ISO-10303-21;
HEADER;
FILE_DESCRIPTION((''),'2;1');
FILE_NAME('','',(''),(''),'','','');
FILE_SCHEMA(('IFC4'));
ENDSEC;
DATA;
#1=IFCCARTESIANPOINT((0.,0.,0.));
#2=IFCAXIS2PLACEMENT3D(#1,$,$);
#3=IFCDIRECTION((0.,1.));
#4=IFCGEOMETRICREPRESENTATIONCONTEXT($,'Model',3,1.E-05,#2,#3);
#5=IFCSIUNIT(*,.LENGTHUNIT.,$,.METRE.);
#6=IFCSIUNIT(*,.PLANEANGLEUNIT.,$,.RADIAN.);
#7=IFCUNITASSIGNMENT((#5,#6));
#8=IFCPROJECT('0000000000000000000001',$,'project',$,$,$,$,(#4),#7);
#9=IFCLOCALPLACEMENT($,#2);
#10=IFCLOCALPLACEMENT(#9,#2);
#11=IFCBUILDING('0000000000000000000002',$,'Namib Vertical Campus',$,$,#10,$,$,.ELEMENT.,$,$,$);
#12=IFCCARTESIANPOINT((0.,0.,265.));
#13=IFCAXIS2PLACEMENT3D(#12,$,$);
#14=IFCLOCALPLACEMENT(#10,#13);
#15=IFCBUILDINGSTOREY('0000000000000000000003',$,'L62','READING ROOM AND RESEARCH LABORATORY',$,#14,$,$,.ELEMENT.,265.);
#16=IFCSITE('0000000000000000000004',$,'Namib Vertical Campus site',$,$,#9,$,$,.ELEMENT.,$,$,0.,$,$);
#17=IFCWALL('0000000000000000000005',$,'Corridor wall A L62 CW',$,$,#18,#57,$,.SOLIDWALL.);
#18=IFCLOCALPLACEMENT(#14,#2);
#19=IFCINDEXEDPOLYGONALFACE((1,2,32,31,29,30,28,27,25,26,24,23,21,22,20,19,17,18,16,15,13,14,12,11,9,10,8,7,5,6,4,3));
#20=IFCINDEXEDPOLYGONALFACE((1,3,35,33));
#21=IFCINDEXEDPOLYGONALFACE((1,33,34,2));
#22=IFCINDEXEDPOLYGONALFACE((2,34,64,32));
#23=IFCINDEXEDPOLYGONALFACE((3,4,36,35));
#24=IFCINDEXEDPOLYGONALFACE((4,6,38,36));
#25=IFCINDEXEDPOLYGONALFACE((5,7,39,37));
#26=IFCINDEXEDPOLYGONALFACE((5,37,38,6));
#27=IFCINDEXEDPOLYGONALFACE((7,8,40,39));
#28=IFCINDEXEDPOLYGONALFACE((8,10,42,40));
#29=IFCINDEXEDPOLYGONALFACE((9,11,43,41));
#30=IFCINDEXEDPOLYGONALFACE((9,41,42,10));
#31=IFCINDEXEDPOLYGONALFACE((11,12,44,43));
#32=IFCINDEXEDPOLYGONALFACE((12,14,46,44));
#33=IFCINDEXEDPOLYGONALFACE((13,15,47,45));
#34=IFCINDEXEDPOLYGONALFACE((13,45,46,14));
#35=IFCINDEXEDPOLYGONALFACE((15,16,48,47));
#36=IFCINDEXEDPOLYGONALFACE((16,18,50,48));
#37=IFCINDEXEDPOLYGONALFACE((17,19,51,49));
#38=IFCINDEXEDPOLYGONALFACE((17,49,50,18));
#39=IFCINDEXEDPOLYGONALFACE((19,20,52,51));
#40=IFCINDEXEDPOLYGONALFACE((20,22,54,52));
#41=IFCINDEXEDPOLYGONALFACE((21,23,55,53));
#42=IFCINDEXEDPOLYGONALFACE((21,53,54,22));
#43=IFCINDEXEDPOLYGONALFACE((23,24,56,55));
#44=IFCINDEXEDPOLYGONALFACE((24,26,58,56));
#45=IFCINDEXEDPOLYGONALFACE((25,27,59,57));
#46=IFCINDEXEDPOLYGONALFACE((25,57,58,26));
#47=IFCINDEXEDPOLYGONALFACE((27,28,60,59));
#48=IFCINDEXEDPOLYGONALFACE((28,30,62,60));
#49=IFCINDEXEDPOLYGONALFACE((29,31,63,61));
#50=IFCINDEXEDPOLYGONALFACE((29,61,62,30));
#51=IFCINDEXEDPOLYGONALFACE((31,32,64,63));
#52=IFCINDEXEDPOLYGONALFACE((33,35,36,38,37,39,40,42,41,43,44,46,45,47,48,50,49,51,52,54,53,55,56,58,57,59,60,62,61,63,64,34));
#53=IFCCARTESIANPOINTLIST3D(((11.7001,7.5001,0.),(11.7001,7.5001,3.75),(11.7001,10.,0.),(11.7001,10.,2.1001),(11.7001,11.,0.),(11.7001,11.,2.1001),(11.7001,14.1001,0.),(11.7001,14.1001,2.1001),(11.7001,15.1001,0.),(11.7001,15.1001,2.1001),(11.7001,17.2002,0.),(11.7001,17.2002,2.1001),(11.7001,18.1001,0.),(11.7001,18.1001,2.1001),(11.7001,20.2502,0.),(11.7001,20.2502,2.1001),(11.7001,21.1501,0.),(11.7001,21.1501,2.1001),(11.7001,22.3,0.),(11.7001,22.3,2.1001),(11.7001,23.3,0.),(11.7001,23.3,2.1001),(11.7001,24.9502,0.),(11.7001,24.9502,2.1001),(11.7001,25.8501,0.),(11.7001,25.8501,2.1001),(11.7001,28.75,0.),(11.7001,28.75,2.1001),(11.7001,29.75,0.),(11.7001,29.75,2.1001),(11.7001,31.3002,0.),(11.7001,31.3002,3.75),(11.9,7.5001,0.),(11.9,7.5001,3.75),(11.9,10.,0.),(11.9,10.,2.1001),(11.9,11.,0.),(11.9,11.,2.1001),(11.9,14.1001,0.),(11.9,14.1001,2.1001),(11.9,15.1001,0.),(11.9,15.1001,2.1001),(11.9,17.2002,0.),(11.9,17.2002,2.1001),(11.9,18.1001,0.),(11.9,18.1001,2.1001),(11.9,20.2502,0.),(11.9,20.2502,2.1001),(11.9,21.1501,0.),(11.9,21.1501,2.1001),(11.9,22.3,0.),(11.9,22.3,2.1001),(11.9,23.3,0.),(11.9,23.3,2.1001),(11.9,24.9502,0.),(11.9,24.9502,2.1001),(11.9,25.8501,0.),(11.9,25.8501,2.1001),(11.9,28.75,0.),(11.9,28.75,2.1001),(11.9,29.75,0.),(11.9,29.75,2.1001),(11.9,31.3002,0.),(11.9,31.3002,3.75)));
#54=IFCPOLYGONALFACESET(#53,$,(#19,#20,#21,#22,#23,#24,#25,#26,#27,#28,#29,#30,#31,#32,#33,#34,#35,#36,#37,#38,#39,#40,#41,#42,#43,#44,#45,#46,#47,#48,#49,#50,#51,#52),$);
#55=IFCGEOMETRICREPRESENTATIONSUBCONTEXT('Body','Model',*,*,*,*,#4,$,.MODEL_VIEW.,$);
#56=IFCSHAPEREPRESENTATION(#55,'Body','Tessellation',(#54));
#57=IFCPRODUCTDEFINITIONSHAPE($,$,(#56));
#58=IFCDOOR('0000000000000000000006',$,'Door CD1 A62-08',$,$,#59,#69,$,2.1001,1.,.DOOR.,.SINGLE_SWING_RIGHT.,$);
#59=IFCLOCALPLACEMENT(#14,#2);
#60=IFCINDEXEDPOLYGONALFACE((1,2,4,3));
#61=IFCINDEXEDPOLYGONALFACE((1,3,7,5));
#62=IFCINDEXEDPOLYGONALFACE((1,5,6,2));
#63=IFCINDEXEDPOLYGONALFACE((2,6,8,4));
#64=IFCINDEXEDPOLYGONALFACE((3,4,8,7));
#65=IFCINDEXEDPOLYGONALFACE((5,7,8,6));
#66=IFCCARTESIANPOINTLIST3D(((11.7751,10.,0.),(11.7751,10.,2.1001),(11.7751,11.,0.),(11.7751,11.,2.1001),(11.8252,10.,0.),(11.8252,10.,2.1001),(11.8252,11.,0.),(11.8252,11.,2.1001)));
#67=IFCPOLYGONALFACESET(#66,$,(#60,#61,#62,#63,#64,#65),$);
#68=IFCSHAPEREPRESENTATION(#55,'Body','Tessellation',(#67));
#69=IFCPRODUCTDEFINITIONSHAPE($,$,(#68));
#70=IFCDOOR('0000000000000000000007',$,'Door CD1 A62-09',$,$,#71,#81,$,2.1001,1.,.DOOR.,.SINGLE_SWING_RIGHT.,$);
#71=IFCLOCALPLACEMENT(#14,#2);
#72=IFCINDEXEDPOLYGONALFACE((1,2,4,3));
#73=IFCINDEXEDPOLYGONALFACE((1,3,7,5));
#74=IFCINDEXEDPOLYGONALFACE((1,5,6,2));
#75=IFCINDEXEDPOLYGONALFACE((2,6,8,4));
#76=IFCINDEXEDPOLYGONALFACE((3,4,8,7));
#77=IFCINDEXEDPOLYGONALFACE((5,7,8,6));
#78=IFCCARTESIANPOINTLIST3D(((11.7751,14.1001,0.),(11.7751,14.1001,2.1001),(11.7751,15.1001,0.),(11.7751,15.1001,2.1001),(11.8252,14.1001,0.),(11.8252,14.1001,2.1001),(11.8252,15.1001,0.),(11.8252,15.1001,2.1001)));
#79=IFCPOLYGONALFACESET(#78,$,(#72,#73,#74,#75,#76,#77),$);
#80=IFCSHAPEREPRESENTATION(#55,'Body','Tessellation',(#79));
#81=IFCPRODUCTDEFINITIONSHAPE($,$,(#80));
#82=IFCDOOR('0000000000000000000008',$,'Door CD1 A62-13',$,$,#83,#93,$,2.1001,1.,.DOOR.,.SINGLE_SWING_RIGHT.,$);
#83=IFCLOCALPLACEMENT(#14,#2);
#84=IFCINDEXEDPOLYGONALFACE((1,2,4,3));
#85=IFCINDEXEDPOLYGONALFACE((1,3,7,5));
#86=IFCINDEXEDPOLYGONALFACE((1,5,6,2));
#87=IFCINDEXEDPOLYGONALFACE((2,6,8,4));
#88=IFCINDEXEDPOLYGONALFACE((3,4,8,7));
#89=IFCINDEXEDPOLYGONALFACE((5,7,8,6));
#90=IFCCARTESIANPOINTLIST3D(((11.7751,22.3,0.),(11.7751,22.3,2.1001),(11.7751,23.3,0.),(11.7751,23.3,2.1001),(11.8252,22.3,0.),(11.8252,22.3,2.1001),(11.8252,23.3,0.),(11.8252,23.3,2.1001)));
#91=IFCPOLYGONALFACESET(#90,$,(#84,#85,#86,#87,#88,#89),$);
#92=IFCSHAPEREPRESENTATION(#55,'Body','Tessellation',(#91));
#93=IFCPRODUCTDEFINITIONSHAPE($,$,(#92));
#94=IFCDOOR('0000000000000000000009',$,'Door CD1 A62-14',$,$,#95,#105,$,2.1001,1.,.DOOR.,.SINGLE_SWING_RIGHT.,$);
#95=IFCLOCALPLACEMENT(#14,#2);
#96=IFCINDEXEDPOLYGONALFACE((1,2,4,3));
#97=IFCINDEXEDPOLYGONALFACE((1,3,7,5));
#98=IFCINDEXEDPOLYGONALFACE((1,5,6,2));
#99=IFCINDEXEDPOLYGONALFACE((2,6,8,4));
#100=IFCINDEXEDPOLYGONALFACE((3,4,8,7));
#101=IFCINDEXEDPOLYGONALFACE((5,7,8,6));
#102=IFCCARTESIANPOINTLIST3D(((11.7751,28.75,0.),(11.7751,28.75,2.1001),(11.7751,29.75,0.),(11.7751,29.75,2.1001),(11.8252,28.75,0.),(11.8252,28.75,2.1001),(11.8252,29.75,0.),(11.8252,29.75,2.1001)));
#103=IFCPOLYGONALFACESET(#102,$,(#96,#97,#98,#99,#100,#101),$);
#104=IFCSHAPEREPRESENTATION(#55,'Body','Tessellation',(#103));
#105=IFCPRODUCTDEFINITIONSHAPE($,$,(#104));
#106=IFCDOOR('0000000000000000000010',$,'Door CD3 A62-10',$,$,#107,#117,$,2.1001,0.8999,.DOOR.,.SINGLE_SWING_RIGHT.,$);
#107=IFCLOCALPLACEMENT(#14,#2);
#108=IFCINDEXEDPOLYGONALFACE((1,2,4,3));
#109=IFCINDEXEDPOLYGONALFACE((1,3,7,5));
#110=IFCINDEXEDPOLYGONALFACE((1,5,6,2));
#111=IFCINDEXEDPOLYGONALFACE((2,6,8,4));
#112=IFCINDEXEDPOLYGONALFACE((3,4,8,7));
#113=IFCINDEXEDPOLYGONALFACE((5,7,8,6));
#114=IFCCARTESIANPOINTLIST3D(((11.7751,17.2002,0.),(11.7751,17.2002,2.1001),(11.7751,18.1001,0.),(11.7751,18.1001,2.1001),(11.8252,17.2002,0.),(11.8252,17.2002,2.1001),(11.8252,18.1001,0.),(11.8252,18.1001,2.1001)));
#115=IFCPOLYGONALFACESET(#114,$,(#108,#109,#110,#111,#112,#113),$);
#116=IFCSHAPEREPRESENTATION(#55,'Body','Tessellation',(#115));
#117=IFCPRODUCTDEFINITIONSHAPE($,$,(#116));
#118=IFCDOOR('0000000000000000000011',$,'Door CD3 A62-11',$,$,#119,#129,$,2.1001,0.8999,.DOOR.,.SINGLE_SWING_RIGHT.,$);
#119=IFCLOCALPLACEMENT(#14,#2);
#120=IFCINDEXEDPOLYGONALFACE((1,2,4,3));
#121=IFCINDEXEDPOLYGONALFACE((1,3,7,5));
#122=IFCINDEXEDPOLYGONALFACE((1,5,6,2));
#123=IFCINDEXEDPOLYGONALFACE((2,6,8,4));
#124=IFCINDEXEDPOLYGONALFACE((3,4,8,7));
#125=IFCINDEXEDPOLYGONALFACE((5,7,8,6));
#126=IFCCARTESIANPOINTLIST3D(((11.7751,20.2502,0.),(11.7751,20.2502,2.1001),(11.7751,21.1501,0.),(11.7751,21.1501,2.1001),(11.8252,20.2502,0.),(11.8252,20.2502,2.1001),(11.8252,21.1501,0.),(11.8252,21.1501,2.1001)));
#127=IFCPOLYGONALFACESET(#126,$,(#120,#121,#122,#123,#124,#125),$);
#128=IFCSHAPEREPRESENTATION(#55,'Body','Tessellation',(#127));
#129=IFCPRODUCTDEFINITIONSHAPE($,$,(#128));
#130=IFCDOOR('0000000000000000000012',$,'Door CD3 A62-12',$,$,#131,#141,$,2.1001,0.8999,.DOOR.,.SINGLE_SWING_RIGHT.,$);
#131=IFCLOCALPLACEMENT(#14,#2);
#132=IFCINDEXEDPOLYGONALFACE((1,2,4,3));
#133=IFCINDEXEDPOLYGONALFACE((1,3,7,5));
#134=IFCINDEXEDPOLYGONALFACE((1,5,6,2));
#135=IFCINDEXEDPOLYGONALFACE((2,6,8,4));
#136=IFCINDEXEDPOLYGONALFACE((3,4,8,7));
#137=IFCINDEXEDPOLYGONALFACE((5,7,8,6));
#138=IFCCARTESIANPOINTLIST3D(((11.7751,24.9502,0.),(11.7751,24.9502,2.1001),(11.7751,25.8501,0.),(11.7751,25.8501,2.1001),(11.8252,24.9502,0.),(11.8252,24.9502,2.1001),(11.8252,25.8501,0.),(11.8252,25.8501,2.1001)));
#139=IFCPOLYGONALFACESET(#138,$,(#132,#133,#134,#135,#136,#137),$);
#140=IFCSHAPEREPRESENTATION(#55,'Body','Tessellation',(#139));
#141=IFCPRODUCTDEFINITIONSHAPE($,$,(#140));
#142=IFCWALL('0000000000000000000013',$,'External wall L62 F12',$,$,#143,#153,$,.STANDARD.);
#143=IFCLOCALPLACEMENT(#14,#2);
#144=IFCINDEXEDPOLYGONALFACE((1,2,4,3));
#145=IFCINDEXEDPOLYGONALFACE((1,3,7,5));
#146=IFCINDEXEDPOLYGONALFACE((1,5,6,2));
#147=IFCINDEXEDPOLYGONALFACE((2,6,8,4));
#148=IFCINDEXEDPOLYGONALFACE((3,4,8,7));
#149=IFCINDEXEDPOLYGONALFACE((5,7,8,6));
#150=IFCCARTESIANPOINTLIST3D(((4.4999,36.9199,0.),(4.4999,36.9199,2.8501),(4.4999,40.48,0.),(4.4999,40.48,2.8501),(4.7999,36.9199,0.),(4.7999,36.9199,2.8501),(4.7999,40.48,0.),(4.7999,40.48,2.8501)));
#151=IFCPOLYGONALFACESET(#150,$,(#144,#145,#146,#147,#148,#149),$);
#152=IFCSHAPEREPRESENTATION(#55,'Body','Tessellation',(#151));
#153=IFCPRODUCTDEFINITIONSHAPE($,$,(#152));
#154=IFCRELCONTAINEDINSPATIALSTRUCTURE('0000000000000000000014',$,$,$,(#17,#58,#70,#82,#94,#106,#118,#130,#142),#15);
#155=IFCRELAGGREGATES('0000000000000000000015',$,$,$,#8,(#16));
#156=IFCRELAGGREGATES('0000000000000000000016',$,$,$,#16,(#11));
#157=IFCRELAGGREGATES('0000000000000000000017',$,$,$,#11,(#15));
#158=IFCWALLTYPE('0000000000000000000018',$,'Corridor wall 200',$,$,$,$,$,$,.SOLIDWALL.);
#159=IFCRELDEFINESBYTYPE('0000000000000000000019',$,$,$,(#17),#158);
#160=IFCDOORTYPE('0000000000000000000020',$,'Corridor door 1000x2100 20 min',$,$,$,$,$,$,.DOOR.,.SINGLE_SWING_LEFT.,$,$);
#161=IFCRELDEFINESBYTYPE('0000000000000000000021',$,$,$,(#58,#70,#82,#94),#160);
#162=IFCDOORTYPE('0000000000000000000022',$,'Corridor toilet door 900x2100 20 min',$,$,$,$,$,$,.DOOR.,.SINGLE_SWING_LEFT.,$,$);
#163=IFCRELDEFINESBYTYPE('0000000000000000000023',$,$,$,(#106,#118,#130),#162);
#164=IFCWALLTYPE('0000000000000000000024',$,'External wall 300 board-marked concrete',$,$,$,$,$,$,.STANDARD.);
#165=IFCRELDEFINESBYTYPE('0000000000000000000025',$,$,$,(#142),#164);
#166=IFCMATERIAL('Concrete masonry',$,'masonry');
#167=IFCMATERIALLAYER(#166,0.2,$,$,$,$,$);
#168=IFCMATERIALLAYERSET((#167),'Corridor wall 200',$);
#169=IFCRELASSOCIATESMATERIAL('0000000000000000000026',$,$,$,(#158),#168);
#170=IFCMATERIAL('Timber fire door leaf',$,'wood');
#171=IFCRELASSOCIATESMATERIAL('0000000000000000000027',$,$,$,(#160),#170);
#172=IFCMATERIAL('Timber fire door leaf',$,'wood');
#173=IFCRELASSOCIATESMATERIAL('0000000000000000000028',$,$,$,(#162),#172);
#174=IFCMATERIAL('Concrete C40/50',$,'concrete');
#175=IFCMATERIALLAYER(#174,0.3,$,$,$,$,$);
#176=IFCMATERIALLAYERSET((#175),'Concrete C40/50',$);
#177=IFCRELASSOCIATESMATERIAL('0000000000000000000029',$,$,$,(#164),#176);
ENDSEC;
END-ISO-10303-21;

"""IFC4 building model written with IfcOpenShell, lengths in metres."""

from ifc_helpers import new_model, si_unit, direction, frame, frame_2d, origin, place, context, subcontext, project, spatial, rectangle, extrude, material, layer, layer_set, type_object, element, fill, save


model = new_model("IFC4")

# Units and contexts
model_context = context("Model", 3, precision=1e-05, world=origin(), true_north=direction((0.0, 1.0)))
body_context = subcontext(model_context, "Body", "Model", "MODEL_VIEW")
ifc_project = project(units=[si_unit("LENGTHUNIT", "METRE"), si_unit("PLANEANGLEUNIT", "RADIAN")], contexts=[model_context])

# Site, building, storey
site_placement = place(None, origin())
site = spatial("IfcSite", under=ifc_project, at=site_placement, Name="Namib Vertical Campus site", CompositionType="ELEMENT", RefElevation=0.0)
building_placement = place(site_placement, origin())
building = spatial("IfcBuilding", under=site, at=building_placement, Name="Namib Vertical Campus", CompositionType="ELEMENT")
storey_placement = place(building_placement, frame((0.0, 0.0, 265.0)))
storey = spatial("IfcBuildingStorey", under=building, at=storey_placement, Name="L62", Description="READING ROOM AND RESEARCH LABORATORY", CompositionType="ELEMENT", Elevation=265.0)

# Wall, openings, doors
ifc_material_1 = material(Name="Concrete masonry", Category="masonry")
ifc_layer_1 = layer(ifc_material_1, 0.2)
ifc_layer_set_1 = layer_set([ifc_layer_1], Name="Corridor wall 200")
wall_type_1 = type_object("IfcWallType", Name="Corridor wall 200", PredefinedType="SOLIDWALL", material=ifc_layer_set_1)
wall_1_placement = place(storey_placement, frame((11.8, 31.3, 0.0), z_axis=(0.0, 0.0, 1.0), x_axis=(0.0, -1.0, 0.0)))
wall_1 = element("IfcWall", 1, at=wall_1_placement, inside=storey, type_object=wall_type_1, Name="Corridor wall A L62 CW", PredefinedType="SOLIDWALL", context=body_context, shape_type="SweptSolid", body=[
    extrude(rectangle(XDim=23.8, YDim=0.2, at=frame_2d((11.8999, 0.0))), origin(), (0.0, 0.0, 1.0), 3.75),
])
opening_1_placement = place(wall_1_placement, frame((20.3, 0.0, 0.0)))
opening_1 = element("IfcOpeningElement", 2, at=opening_1_placement, cuts=wall_1, PredefinedType="OPENING", context=body_context, shape_type="SweptSolid", body=[
    extrude(rectangle(XDim=1.0, YDim=2.1001, at=frame_2d((0.5, 1.05))), frame((0.0, 0.1099, 0.0), z_axis=(0.0, -1.0, 0.0), x_axis=(1.0, 0.0, 0.0)), (0.0, 0.0, 1.0), 0.22),
])
opening_2_placement = place(wall_1_placement, frame((16.2, 0.0, 0.0)))
opening_2 = element("IfcOpeningElement", 3, at=opening_2_placement, cuts=wall_1, PredefinedType="OPENING", context=body_context, shape_type="SweptSolid", body=[
    extrude(rectangle(XDim=1.0, YDim=2.1001, at=frame_2d((0.5, 1.05))), frame((0.0, 0.1099, 0.0), z_axis=(0.0, -1.0, 0.0), x_axis=(1.0, 0.0, 0.0)), (0.0, 0.0, 1.0), 0.22),
])
opening_3_placement = place(wall_1_placement, frame((13.2, 0.0, 0.0)))
opening_3 = element("IfcOpeningElement", 4, at=opening_3_placement, cuts=wall_1, PredefinedType="OPENING", context=body_context, shape_type="SweptSolid", body=[
    extrude(rectangle(XDim=0.8999, YDim=2.1001, at=frame_2d((0.45, 1.05))), frame((0.0, 0.1099, 0.0), z_axis=(0.0, -1.0, 0.0), x_axis=(1.0, 0.0, 0.0)), (0.0, 0.0, 1.0), 0.22),
])
opening_4_placement = place(wall_1_placement, frame((10.1499, 0.0, 0.0)))
opening_4 = element("IfcOpeningElement", 5, at=opening_4_placement, cuts=wall_1, PredefinedType="OPENING", context=body_context, shape_type="SweptSolid", body=[
    extrude(rectangle(XDim=0.8999, YDim=2.1001, at=frame_2d((0.45, 1.05))), frame((0.0, 0.1099, 0.0), z_axis=(0.0, -1.0, 0.0), x_axis=(1.0, 0.0, 0.0)), (0.0, 0.0, 1.0), 0.22),
])
opening_5_placement = place(wall_1_placement, frame((5.45, 0.0, 0.0)))
opening_5 = element("IfcOpeningElement", 6, at=opening_5_placement, cuts=wall_1, PredefinedType="OPENING", context=body_context, shape_type="SweptSolid", body=[
    extrude(rectangle(XDim=0.8999, YDim=2.1001, at=frame_2d((0.45, 1.05))), frame((0.0, 0.1099, 0.0), z_axis=(0.0, -1.0, 0.0), x_axis=(1.0, 0.0, 0.0)), (0.0, 0.0, 1.0), 0.22),
])
opening_6_placement = place(wall_1_placement, frame((8.0, 0.0, 0.0)))
opening_6 = element("IfcOpeningElement", 7, at=opening_6_placement, cuts=wall_1, PredefinedType="OPENING", context=body_context, shape_type="SweptSolid", body=[
    extrude(rectangle(XDim=1.0, YDim=2.1001, at=frame_2d((0.5, 1.05))), frame((0.0, 0.1099, 0.0), z_axis=(0.0, -1.0, 0.0), x_axis=(1.0, 0.0, 0.0)), (0.0, 0.0, 1.0), 0.22),
])
opening_7_placement = place(wall_1_placement, frame((1.55, 0.0, 0.0)))
opening_7 = element("IfcOpeningElement", 8, at=opening_7_placement, cuts=wall_1, PredefinedType="OPENING", context=body_context, shape_type="SweptSolid", body=[
    extrude(rectangle(XDim=1.0, YDim=2.1001, at=frame_2d((0.5, 1.05))), frame((0.0, 0.1099, 0.0), z_axis=(0.0, -1.0, 0.0), x_axis=(1.0, 0.0, 0.0)), (0.0, 0.0, 1.0), 0.22),
])
ifc_material_2 = material(Name="Timber fire door leaf", Category="wood")
door_type_1 = type_object("IfcDoorType", Name="Corridor door 1000x2100 20 min", OperationType="SINGLE_SWING_LEFT", PredefinedType="DOOR", material=ifc_material_2)
door_1_placement = place(opening_1_placement, frame((1.0, 0.0, 0.0), z_axis=(0.0, 0.0, 1.0), x_axis=(-1.0, 0.0, 0.0)))
door_1 = element("IfcDoor", 9, at=door_1_placement, inside=storey, type_object=door_type_1, Name="Door CD1 A62-08", OperationType="SINGLE_SWING_RIGHT", OverallHeight=2.1001, OverallWidth=1.0, PredefinedType="DOOR", context=body_context, shape_type="SweptSolid", body=[
    extrude(rectangle(XDim=1.0, YDim=2.1001, at=frame_2d((0.5, 1.05))), frame((0.0, 0.0249, 0.0), z_axis=(0.0, -1.0, 0.0), x_axis=(1.0, 0.0, 0.0)), (0.0, 0.0, 1.0), 0.05),
])
fill(opening_1, door_1)
door_2_placement = place(opening_2_placement, frame((1.0, 0.0, 0.0), z_axis=(0.0, 0.0, 1.0), x_axis=(-1.0, 0.0, 0.0)))
door_2 = element("IfcDoor", 10, at=door_2_placement, inside=storey, type_object=door_type_1, Name="Door CD1 A62-09", OperationType="SINGLE_SWING_RIGHT", OverallHeight=2.1001, OverallWidth=1.0, PredefinedType="DOOR", context=body_context, shape_type="SweptSolid", body=[
    extrude(rectangle(XDim=1.0, YDim=2.1001, at=frame_2d((0.5, 1.05))), frame((0.0, 0.0249, 0.0), z_axis=(0.0, -1.0, 0.0), x_axis=(1.0, 0.0, 0.0)), (0.0, 0.0, 1.0), 0.05),
])
fill(opening_2, door_2)
door_3_placement = place(opening_6_placement, frame((1.0, 0.0, 0.0), z_axis=(0.0, 0.0, 1.0), x_axis=(-1.0, 0.0, 0.0)))
door_3 = element("IfcDoor", 11, at=door_3_placement, inside=storey, type_object=door_type_1, Name="Door CD1 A62-13", OperationType="SINGLE_SWING_RIGHT", OverallHeight=2.1001, OverallWidth=1.0, PredefinedType="DOOR", context=body_context, shape_type="SweptSolid", body=[
    extrude(rectangle(XDim=1.0, YDim=2.1001, at=frame_2d((0.5, 1.05))), frame((0.0, 0.0249, 0.0), z_axis=(0.0, -1.0, 0.0), x_axis=(1.0, 0.0, 0.0)), (0.0, 0.0, 1.0), 0.05),
])
fill(opening_6, door_3)
door_4_placement = place(opening_7_placement, frame((1.0, 0.0, 0.0), z_axis=(0.0, 0.0, 1.0), x_axis=(-1.0, 0.0, 0.0)))
door_4 = element("IfcDoor", 12, at=door_4_placement, inside=storey, type_object=door_type_1, Name="Door CD1 A62-14", OperationType="SINGLE_SWING_RIGHT", OverallHeight=2.1001, OverallWidth=1.0, PredefinedType="DOOR", context=body_context, shape_type="SweptSolid", body=[
    extrude(rectangle(XDim=1.0, YDim=2.1001, at=frame_2d((0.5, 1.05))), frame((0.0, 0.0249, 0.0), z_axis=(0.0, -1.0, 0.0), x_axis=(1.0, 0.0, 0.0)), (0.0, 0.0, 1.0), 0.05),
])
fill(opening_7, door_4)
ifc_material_3 = material(Name="Timber fire door leaf", Category="wood")
door_type_2 = type_object("IfcDoorType", Name="Corridor toilet door 900x2100 20 min", OperationType="SINGLE_SWING_LEFT", PredefinedType="DOOR", material=ifc_material_3)
door_5_placement = place(opening_3_placement, frame((0.8999, 0.0, 0.0), z_axis=(0.0, 0.0, 1.0), x_axis=(-1.0, 0.0, 0.0)))
door_5 = element("IfcDoor", 13, at=door_5_placement, inside=storey, type_object=door_type_2, Name="Door CD3 A62-10", OperationType="SINGLE_SWING_RIGHT", OverallHeight=2.1001, OverallWidth=0.8999, PredefinedType="DOOR", context=body_context, shape_type="SweptSolid", body=[
    extrude(rectangle(XDim=0.8999, YDim=2.1001, at=frame_2d((0.45, 1.05))), frame((0.0, 0.0249, 0.0), z_axis=(0.0, -1.0, 0.0), x_axis=(1.0, 0.0, 0.0)), (0.0, 0.0, 1.0), 0.05),
])
fill(opening_3, door_5)
door_6_placement = place(opening_4_placement, frame((0.8999, 0.0, 0.0), z_axis=(0.0, 0.0, 1.0), x_axis=(-1.0, 0.0, 0.0)))
door_6 = element("IfcDoor", 14, at=door_6_placement, inside=storey, type_object=door_type_2, Name="Door CD3 A62-11", OperationType="SINGLE_SWING_RIGHT", OverallHeight=2.1001, OverallWidth=0.8999, PredefinedType="DOOR", context=body_context, shape_type="SweptSolid", body=[
    extrude(rectangle(XDim=0.8999, YDim=2.1001, at=frame_2d((0.45, 1.05))), frame((0.0, 0.0249, 0.0), z_axis=(0.0, -1.0, 0.0), x_axis=(1.0, 0.0, 0.0)), (0.0, 0.0, 1.0), 0.05),
])
fill(opening_4, door_6)
door_7_placement = place(opening_5_placement, frame((0.8999, 0.0, 0.0), z_axis=(0.0, 0.0, 1.0), x_axis=(-1.0, 0.0, 0.0)))
door_7 = element("IfcDoor", 15, at=door_7_placement, inside=storey, type_object=door_type_2, Name="Door CD3 A62-12", OperationType="SINGLE_SWING_RIGHT", OverallHeight=2.1001, OverallWidth=0.8999, PredefinedType="DOOR", context=body_context, shape_type="SweptSolid", body=[
    extrude(rectangle(XDim=0.8999, YDim=2.1001, at=frame_2d((0.45, 1.05))), frame((0.0, 0.0249, 0.0), z_axis=(0.0, -1.0, 0.0), x_axis=(1.0, 0.0, 0.0)), (0.0, 0.0, 1.0), 0.05),
])
fill(opening_5, door_7)

# Wall
ifc_material_4 = material(Name="Concrete C40/50", Category="concrete")
ifc_layer_2 = layer(ifc_material_4, 0.3)
ifc_layer_set_2 = layer_set([ifc_layer_2], Name="Concrete C40/50")
wall_type_2 = type_object("IfcWallType", Name="External wall 300 board-marked concrete", PredefinedType="STANDARD", material=ifc_layer_set_2)
wall_2_placement = place(storey_placement, frame((4.6499, 40.48, 0.0), z_axis=(0.0, 0.0, 1.0), x_axis=(0.0, -1.0, 0.0)))
element("IfcWall", 16, at=wall_2_placement, inside=storey, type_object=wall_type_2, Name="External wall L62 F12", PredefinedType="STANDARD", context=body_context, shape_type="SweptSolid", body=[
    extrude(rectangle(XDim=3.5601, YDim=0.3, at=frame_2d((1.78, 0.0))), origin(), (0.0, 0.0, 1.0), 2.8501),
])

save(model, "model.ifc")
